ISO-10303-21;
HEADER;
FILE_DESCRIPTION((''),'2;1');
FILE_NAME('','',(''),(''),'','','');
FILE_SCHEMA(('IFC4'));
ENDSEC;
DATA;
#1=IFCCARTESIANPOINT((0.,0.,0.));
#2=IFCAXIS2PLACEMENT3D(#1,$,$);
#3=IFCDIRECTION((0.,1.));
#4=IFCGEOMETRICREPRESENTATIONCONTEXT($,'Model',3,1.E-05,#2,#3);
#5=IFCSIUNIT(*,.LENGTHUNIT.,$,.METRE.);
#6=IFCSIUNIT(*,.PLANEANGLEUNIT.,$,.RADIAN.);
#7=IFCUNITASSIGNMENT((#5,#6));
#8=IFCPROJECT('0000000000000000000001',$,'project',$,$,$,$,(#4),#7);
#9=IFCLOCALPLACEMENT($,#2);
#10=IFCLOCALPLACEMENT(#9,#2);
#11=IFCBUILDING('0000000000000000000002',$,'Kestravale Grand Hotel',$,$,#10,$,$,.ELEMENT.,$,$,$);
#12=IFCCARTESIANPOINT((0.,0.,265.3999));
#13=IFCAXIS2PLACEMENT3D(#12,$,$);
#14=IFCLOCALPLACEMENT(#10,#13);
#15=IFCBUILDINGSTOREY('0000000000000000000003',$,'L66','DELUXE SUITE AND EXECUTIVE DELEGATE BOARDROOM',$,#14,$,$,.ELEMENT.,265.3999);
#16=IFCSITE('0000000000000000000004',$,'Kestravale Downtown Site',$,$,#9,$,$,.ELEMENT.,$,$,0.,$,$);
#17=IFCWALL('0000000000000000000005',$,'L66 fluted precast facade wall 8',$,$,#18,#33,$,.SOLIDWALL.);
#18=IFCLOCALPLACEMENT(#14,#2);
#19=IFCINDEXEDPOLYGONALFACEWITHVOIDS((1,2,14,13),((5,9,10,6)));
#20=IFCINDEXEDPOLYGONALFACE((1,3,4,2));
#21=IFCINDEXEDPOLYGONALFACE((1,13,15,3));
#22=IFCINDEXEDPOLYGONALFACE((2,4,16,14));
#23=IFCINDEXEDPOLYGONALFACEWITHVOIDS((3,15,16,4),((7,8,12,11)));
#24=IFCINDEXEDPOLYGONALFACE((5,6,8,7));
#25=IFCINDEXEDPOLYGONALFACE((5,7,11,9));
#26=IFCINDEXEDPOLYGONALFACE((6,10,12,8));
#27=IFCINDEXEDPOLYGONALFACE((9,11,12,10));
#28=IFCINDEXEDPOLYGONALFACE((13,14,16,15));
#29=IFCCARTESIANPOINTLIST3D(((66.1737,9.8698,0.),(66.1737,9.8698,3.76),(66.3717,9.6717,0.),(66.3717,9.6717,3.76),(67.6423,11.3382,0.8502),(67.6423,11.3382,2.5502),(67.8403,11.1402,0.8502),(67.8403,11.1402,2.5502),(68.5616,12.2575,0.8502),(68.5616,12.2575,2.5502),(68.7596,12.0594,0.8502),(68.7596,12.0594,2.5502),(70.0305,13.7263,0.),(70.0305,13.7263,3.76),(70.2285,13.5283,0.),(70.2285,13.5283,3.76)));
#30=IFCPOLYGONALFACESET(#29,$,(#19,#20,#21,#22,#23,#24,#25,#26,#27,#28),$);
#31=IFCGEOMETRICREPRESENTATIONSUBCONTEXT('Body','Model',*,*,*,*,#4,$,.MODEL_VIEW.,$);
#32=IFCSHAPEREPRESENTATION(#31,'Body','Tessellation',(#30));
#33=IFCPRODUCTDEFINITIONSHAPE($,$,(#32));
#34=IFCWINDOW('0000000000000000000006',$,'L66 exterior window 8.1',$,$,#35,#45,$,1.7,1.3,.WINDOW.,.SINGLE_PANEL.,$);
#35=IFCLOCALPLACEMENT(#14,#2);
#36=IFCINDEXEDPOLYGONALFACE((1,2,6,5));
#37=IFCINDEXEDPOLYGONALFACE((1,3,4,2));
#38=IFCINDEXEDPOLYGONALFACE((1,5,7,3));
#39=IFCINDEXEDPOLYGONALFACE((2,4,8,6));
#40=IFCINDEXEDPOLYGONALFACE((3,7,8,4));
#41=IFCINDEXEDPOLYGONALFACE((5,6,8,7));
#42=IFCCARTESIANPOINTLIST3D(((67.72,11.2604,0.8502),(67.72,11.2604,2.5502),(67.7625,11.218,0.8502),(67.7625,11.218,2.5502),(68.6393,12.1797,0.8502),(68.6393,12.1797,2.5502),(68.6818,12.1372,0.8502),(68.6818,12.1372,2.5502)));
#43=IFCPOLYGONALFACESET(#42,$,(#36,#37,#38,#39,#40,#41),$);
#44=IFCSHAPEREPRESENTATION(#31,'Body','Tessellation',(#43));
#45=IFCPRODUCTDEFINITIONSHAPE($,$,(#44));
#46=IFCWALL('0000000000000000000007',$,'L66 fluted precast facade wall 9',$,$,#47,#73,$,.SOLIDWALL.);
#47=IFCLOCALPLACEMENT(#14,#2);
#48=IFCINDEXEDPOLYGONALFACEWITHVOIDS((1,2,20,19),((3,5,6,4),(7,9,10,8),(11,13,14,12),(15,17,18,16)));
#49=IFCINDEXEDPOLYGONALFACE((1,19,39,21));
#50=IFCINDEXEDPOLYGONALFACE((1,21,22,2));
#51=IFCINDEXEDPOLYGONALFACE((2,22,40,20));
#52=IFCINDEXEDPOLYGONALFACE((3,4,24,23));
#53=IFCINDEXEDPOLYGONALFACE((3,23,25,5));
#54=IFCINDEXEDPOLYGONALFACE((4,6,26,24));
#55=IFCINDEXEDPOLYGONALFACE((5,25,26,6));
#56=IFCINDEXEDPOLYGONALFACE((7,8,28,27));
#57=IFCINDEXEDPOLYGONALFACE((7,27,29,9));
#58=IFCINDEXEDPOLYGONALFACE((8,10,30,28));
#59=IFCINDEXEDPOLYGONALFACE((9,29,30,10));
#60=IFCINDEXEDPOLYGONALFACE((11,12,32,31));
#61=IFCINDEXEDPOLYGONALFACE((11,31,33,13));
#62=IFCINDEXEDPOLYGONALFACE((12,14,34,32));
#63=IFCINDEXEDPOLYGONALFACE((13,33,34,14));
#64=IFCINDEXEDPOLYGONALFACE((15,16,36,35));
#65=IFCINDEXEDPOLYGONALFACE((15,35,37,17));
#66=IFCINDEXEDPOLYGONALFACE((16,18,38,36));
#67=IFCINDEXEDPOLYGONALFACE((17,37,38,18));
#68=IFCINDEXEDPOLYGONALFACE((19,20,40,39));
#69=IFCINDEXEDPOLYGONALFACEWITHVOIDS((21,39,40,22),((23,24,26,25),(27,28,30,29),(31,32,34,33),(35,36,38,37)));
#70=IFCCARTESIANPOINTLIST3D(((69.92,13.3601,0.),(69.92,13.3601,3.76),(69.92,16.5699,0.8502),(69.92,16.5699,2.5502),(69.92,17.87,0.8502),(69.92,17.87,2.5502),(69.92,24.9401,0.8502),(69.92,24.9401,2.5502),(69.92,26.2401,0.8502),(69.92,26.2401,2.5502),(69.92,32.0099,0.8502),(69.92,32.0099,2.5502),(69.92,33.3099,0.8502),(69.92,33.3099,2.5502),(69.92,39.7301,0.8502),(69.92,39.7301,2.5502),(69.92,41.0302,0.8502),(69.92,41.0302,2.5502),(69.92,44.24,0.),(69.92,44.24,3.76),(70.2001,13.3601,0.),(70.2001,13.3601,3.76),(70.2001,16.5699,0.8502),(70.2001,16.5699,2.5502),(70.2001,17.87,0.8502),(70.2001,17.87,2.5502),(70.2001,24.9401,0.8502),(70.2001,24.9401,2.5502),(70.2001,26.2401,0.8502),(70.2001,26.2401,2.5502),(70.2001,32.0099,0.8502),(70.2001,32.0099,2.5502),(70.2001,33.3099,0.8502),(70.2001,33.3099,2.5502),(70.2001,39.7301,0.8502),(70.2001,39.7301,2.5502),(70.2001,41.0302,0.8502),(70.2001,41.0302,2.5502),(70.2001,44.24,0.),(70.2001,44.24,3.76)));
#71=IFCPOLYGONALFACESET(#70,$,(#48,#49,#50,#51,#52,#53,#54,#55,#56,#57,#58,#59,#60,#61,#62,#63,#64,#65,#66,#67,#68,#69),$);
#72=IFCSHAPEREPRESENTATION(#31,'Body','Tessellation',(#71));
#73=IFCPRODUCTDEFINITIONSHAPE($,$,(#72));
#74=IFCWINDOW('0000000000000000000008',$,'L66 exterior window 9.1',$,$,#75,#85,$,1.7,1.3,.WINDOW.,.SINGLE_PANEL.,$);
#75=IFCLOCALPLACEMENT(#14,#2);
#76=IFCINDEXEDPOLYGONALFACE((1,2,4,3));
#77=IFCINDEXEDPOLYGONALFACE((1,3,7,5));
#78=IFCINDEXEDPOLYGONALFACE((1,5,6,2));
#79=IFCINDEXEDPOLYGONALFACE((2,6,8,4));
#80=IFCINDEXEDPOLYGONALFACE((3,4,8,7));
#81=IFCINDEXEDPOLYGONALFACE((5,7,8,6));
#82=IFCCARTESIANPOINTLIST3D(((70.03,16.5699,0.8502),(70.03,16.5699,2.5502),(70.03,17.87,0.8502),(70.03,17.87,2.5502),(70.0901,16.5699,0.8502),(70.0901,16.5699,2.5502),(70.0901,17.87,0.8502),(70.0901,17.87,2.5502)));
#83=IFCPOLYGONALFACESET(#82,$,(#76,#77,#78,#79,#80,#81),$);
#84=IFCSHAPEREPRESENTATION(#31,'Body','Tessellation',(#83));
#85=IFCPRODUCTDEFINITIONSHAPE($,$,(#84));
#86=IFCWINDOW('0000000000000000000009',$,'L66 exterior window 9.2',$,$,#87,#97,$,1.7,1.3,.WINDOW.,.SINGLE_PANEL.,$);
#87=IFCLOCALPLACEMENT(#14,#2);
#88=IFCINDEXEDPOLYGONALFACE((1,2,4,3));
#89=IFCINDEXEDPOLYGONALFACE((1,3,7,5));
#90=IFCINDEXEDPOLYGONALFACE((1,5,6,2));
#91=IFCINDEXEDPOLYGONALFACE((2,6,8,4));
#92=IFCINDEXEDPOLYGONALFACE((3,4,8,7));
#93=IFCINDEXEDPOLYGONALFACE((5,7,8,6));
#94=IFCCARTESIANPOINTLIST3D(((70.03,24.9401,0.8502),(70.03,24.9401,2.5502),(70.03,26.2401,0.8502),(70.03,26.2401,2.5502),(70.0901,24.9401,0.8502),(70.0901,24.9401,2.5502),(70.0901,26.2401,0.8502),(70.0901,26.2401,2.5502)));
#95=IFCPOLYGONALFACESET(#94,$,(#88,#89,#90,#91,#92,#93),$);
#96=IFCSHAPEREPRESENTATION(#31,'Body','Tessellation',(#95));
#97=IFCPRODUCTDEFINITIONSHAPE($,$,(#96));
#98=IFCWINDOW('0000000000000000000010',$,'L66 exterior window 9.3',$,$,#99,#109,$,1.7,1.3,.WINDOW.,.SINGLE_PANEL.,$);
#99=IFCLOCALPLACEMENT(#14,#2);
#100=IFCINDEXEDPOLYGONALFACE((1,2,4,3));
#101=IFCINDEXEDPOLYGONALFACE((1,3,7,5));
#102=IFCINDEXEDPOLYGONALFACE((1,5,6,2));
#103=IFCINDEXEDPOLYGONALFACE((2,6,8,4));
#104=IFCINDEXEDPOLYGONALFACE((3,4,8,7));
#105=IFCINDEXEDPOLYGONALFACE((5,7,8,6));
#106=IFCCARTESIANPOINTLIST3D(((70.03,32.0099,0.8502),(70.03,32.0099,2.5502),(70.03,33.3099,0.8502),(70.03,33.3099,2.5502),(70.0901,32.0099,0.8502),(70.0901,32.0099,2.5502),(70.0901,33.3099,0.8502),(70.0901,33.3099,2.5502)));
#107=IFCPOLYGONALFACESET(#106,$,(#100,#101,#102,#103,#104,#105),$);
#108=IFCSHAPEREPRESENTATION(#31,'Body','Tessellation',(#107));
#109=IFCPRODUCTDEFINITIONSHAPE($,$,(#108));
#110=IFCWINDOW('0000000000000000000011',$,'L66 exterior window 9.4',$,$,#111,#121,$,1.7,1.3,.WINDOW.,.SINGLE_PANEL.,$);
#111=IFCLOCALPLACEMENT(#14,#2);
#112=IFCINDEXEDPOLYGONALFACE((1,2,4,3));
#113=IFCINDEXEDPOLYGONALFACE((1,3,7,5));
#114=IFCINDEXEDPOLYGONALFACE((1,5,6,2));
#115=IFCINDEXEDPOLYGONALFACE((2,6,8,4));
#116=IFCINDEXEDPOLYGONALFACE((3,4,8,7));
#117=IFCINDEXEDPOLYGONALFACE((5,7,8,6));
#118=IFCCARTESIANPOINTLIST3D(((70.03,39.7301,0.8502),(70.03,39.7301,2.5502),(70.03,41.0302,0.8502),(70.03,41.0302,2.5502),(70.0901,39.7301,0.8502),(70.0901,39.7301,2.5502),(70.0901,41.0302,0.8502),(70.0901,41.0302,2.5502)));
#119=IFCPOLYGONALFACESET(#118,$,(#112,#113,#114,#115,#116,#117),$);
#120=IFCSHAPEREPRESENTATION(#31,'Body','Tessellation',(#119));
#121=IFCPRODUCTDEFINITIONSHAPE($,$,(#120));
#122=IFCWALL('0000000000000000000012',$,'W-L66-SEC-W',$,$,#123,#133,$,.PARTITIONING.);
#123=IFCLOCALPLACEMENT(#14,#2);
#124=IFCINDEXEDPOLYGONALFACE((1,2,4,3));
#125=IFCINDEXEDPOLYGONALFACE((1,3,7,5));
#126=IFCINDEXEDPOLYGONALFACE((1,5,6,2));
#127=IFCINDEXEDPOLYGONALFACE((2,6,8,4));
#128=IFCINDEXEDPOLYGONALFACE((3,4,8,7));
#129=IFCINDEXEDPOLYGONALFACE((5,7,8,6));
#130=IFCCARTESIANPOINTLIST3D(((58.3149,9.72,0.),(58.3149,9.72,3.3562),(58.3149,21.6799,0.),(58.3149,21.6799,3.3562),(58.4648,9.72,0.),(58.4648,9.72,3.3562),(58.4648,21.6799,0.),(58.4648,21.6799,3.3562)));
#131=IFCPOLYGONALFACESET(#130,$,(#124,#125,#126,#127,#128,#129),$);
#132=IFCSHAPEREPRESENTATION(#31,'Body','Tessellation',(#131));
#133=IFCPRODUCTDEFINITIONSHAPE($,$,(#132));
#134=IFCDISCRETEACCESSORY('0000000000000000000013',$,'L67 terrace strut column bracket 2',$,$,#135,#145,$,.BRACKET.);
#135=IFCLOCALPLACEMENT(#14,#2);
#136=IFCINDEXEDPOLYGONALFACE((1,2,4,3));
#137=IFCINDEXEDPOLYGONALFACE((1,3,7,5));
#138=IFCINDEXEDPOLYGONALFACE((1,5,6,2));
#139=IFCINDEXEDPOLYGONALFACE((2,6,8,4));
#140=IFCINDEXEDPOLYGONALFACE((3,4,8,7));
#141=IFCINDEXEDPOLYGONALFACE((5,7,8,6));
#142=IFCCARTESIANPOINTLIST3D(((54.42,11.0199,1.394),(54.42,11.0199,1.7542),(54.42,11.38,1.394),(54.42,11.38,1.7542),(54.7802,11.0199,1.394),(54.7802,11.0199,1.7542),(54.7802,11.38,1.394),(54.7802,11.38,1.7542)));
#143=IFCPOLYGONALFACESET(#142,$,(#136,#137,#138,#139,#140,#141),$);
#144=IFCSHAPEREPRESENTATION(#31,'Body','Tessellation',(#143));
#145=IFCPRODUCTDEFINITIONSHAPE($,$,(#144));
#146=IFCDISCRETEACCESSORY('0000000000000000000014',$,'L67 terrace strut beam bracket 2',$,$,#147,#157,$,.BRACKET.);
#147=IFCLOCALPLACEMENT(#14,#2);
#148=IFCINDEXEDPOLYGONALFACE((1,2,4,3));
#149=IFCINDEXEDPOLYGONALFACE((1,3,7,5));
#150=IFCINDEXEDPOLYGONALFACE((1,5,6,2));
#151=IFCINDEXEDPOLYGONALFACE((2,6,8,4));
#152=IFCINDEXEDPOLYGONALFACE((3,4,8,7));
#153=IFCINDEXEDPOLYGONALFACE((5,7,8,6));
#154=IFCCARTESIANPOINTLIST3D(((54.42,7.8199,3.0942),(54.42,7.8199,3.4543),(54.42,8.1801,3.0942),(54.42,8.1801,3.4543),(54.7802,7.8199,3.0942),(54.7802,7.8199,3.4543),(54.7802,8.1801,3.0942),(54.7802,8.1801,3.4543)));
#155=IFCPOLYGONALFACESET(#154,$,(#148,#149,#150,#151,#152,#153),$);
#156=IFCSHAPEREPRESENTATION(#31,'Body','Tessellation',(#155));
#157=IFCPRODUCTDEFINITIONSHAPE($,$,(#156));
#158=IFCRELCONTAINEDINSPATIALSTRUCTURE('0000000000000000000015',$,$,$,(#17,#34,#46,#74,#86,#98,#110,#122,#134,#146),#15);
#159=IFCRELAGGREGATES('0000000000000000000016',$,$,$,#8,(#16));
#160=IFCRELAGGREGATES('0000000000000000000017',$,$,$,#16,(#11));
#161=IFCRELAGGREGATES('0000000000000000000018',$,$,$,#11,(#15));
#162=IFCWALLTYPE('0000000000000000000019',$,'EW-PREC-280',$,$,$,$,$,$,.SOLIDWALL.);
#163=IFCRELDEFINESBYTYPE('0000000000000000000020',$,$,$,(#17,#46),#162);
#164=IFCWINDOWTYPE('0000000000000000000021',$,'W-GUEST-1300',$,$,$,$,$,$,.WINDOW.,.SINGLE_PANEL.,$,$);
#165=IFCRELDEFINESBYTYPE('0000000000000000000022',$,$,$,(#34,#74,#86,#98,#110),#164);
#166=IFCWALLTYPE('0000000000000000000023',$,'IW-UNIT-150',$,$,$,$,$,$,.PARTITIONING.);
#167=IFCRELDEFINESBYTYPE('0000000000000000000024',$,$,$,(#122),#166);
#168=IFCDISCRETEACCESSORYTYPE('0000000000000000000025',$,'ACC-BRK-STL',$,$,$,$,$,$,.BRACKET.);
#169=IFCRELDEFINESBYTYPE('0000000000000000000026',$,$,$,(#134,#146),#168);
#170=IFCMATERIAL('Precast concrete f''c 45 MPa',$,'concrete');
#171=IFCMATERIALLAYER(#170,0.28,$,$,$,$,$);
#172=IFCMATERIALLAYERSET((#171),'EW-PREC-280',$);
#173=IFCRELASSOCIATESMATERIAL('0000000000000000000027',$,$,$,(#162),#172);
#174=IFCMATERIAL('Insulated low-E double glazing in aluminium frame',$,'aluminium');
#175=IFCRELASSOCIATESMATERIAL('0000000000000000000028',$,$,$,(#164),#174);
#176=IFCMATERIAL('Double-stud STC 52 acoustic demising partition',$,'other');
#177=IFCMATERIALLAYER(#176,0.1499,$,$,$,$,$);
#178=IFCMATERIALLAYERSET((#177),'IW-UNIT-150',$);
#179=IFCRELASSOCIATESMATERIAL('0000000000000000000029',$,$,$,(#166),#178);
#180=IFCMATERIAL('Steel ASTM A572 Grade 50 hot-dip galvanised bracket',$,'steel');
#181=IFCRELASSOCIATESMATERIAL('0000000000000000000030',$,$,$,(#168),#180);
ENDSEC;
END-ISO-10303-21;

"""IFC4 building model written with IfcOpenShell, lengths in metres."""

from ifc_helpers import new_model, si_unit, direction, frame, frame_2d, origin, origin_2d, place, context, subcontext, project, spatial, rectangle, extrude, material, layer, layer_set, type_object, element, fill, save


model = new_model("IFC4")

# Units and contexts
model_context = context("Model", 3, precision=1e-05, world=origin(), true_north=direction((0.0, 1.0)))
body_context = subcontext(model_context, "Body", "Model", "MODEL_VIEW")
ifc_project = project(units=[si_unit("LENGTHUNIT", "METRE"), si_unit("PLANEANGLEUNIT", "RADIAN")], contexts=[model_context])

# Site, building, storey
site_placement = place(None, origin())
site = spatial("IfcSite", under=ifc_project, at=site_placement, Name="Kestravale Downtown Site", CompositionType="ELEMENT", RefElevation=0.0)
building_placement = place(site_placement, origin())
building = spatial("IfcBuilding", under=site, at=building_placement, Name="Kestravale Grand Hotel", CompositionType="ELEMENT")
storey_placement = place(building_placement, frame((0.0, 0.0, 265.3999)))
storey = spatial("IfcBuildingStorey", under=building, at=storey_placement, Name="L66", Description="DELUXE SUITE AND EXECUTIVE DELEGATE BOARDROOM", CompositionType="ELEMENT", Elevation=265.3999)

# Wall, opening, window
ifc_material_1 = material(Name="Precast concrete f'c 45 MPa", Category="concrete")
ifc_layer_1 = layer(ifc_material_1, 0.28)
ifc_layer_set_1 = layer_set([ifc_layer_1], Name="EW-PREC-280")
wall_type_1 = type_object("IfcWallType", Name="EW-PREC-280", PredefinedType="SOLIDWALL", material=ifc_layer_set_1)
wall_1_placement = place(storey_placement, frame((66.2727, 9.7708, 0.0), z_axis=(0.0, 0.0, 1.0), x_axis=(0.707129, 0.707084, 0.0)))
wall_1 = element("IfcWall", 1, at=wall_1_placement, inside=storey, type_object=wall_type_1, Name="L66 fluted precast facade wall 8", PredefinedType="SOLIDWALL", context=body_context, shape_type="SweptSolid", body=[
    extrude(rectangle(XDim=5.4541, YDim=0.28, at=frame_2d((2.7271, 0.0))), origin(), (0.0, 0.0, 1.0), 3.76),
])
opening_1_placement = place(wall_1_placement, frame((2.0769, 0.0, 0.8501)))
opening_1 = element("IfcOpeningElement", 2, at=opening_1_placement, cuts=wall_1, PredefinedType="OPENING", context=body_context, shape_type="SweptSolid", body=[
    extrude(rectangle(XDim=1.3, YDim=1.7, at=frame_2d((0.6499, 0.8501))), frame((0.0, 0.1499, 0.0), z_axis=(0.0, -1.0, 0.0), x_axis=(1.0, 0.0, 0.0)), (0.0, 0.0, 1.0), 0.3),
])
ifc_material_2 = material(Name="Insulated low-E double glazing in aluminium frame", Category="aluminium")
window_type = type_object("IfcWindowType", Name="W-GUEST-1300", PartitioningType="SINGLE_PANEL", PredefinedType="WINDOW", material=ifc_material_2)
window_1_placement = place(opening_1_placement, origin())
window_1 = element("IfcWindow", 3, at=window_1_placement, inside=storey, type_object=window_type, Name="L66 exterior window 8.1", OverallHeight=1.7, OverallWidth=1.3, PartitioningType="SINGLE_PANEL", PredefinedType="WINDOW", context=body_context, shape_type="SweptSolid", body=[
    extrude(rectangle(XDim=1.3, YDim=1.7, at=frame_2d((0.6499, 0.8501))), frame((0.0, 0.03, 0.0), z_axis=(0.0, -1.0, 0.0), x_axis=(1.0, 0.0, 0.0)), (0.0, 0.0, 1.0), 0.0601),
])
fill(opening_1, window_1)

# Wall, openings, windows
wall_2_placement = place(storey_placement, frame((70.0601, 13.3601, 0.0), z_axis=(0.0, 0.0, 1.0), x_axis=(0.0, 1.0, 0.0)))
wall_2 = element("IfcWall", 4, at=wall_2_placement, inside=storey, type_object=wall_type_1, Name="L66 fluted precast facade wall 9", PredefinedType="SOLIDWALL", context=body_context, shape_type="SweptSolid", body=[
    extrude(rectangle(XDim=30.8799, YDim=0.28, at=frame_2d((15.4399, 0.0))), origin(), (0.0, 0.0, 1.0), 3.76),
])
opening_2_placement = place(wall_2_placement, frame((3.21, 0.0, 0.8501)))
opening_2 = element("IfcOpeningElement", 5, at=opening_2_placement, cuts=wall_2, PredefinedType="OPENING", context=body_context, shape_type="SweptSolid", body=[
    extrude(rectangle(XDim=1.3, YDim=1.7, at=frame_2d((0.6499, 0.8501))), frame((0.0, 0.1499, 0.0), z_axis=(0.0, -1.0, 0.0), x_axis=(1.0, 0.0, 0.0)), (0.0, 0.0, 1.0), 0.3),
])
opening_3_placement = place(wall_2_placement, frame((11.5801, 0.0, 0.8501)))
opening_3 = element("IfcOpeningElement", 6, at=opening_3_placement, cuts=wall_2, PredefinedType="OPENING", context=body_context, shape_type="SweptSolid", body=[
    extrude(rectangle(XDim=1.3, YDim=1.7, at=frame_2d((0.6499, 0.8501))), frame((0.0, 0.1499, 0.0), z_axis=(0.0, -1.0, 0.0), x_axis=(1.0, 0.0, 0.0)), (0.0, 0.0, 1.0), 0.3),
])
opening_4_placement = place(wall_2_placement, frame((18.6499, 0.0, 0.8501)))
opening_4 = element("IfcOpeningElement", 7, at=opening_4_placement, cuts=wall_2, PredefinedType="OPENING", context=body_context, shape_type="SweptSolid", body=[
    extrude(rectangle(XDim=1.3, YDim=1.7, at=frame_2d((0.6499, 0.8501))), frame((0.0, 0.1499, 0.0), z_axis=(0.0, -1.0, 0.0), x_axis=(1.0, 0.0, 0.0)), (0.0, 0.0, 1.0), 0.3),
])
opening_5_placement = place(wall_2_placement, frame((26.3701, 0.0, 0.8501)))
opening_5 = element("IfcOpeningElement", 8, at=opening_5_placement, cuts=wall_2, PredefinedType="OPENING", context=body_context, shape_type="SweptSolid", body=[
    extrude(rectangle(XDim=1.3, YDim=1.7, at=frame_2d((0.6499, 0.8501))), frame((0.0, 0.1499, 0.0), z_axis=(0.0, -1.0, 0.0), x_axis=(1.0, 0.0, 0.0)), (0.0, 0.0, 1.0), 0.3),
])
window_2_placement = place(opening_2_placement, origin())
window_2 = element("IfcWindow", 9, at=window_2_placement, inside=storey, type_object=window_type, Name="L66 exterior window 9.1", OverallHeight=1.7, OverallWidth=1.3, PartitioningType="SINGLE_PANEL", PredefinedType="WINDOW", context=body_context, shape_type="SweptSolid", body=[
    extrude(rectangle(XDim=1.3, YDim=1.7, at=frame_2d((0.6499, 0.8501))), frame((0.0, 0.03, 0.0), z_axis=(0.0, -1.0, 0.0), x_axis=(1.0, 0.0, 0.0)), (0.0, 0.0, 1.0), 0.0601),
])
fill(opening_2, window_2)
window_3_placement = place(opening_3_placement, origin())
window_3 = element("IfcWindow", 10, at=window_3_placement, inside=storey, type_object=window_type, Name="L66 exterior window 9.2", OverallHeight=1.7, OverallWidth=1.3, PartitioningType="SINGLE_PANEL", PredefinedType="WINDOW", context=body_context, shape_type="SweptSolid", body=[
    extrude(rectangle(XDim=1.3, YDim=1.7, at=frame_2d((0.6499, 0.8501))), frame((0.0, 0.03, 0.0), z_axis=(0.0, -1.0, 0.0), x_axis=(1.0, 0.0, 0.0)), (0.0, 0.0, 1.0), 0.0601),
])
fill(opening_3, window_3)
window_4_placement = place(opening_4_placement, origin())
window_4 = element("IfcWindow", 11, at=window_4_placement, inside=storey, type_object=window_type, Name="L66 exterior window 9.3", OverallHeight=1.7, OverallWidth=1.3, PartitioningType="SINGLE_PANEL", PredefinedType="WINDOW", context=body_context, shape_type="SweptSolid", body=[
    extrude(rectangle(XDim=1.3, YDim=1.7, at=frame_2d((0.6499, 0.8501))), frame((0.0, 0.03, 0.0), z_axis=(0.0, -1.0, 0.0), x_axis=(1.0, 0.0, 0.0)), (0.0, 0.0, 1.0), 0.0601),
])
fill(opening_4, window_4)
window_5_placement = place(opening_5_placement, origin())
window_5 = element("IfcWindow", 12, at=window_5_placement, inside=storey, type_object=window_type, Name="L66 exterior window 9.4", OverallHeight=1.7, OverallWidth=1.3, PartitioningType="SINGLE_PANEL", PredefinedType="WINDOW", context=body_context, shape_type="SweptSolid", body=[
    extrude(rectangle(XDim=1.3, YDim=1.7, at=frame_2d((0.6499, 0.8501))), frame((0.0, 0.03, 0.0), z_axis=(0.0, -1.0, 0.0), x_axis=(1.0, 0.0, 0.0)), (0.0, 0.0, 1.0), 0.0601),
])
fill(opening_5, window_5)

# Wall
ifc_material_3 = material(Name="Double-stud STC 52 acoustic demising partition", Category="other")
ifc_layer_2 = layer(ifc_material_3, 0.1499)
ifc_layer_set_2 = layer_set([ifc_layer_2], Name="IW-UNIT-150")
wall_type_2 = type_object("IfcWallType", Name="IW-UNIT-150", PredefinedType="PARTITIONING", material=ifc_layer_set_2)
wall_3_placement = place(storey_placement, frame((58.3899, 9.72, 0.0), z_axis=(0.0, 0.0, 1.0), x_axis=(0.0, 1.0, 0.0)))
element("IfcWall", 13, at=wall_3_placement, inside=storey, type_object=wall_type_2, Name="W-L66-SEC-W", PredefinedType="PARTITIONING", context=body_context, shape_type="SweptSolid", body=[
    extrude(rectangle(XDim=11.96, YDim=0.1499, at=frame_2d((5.98, 0.0))), origin(), (0.0, 0.0, 1.0), 3.3562),
])

# Discrete accessories
ifc_material_4 = material(Name="Steel ASTM A572 Grade 50 hot-dip galvanised bracket", Category="steel")
discrete_accessory_type = type_object("IfcDiscreteAccessoryType", Name="ACC-BRK-STL", PredefinedType="BRACKET", material=ifc_material_4)
for number, where, z_axis, x_axis, name in (
    (14, (54.6001, 11.2, 1.394), (0.0, 0.0, 1.0), (1.0, 0.0, 0.0), "L67 terrace strut column bracket 2"),
    (15, (54.6001, 8.0, 3.0942), (0.0, 0.0, 1.0), (1.0, 0.0, 0.0), "L67 terrace strut beam bracket 2"),
):
    element("IfcDiscreteAccessory", number, at=place(storey_placement, frame(where, z_axis=z_axis, x_axis=x_axis)), inside=storey, type_object=discrete_accessory_type, Name=name, PredefinedType="BRACKET", context=body_context, shape_type="SweptSolid", body=[
        extrude(rectangle(XDim=0.3601, YDim=0.3601, at=origin_2d()), origin(), (0.0, 0.0, 1.0), 0.3601),
    ])

save(model, "model.ifc")
